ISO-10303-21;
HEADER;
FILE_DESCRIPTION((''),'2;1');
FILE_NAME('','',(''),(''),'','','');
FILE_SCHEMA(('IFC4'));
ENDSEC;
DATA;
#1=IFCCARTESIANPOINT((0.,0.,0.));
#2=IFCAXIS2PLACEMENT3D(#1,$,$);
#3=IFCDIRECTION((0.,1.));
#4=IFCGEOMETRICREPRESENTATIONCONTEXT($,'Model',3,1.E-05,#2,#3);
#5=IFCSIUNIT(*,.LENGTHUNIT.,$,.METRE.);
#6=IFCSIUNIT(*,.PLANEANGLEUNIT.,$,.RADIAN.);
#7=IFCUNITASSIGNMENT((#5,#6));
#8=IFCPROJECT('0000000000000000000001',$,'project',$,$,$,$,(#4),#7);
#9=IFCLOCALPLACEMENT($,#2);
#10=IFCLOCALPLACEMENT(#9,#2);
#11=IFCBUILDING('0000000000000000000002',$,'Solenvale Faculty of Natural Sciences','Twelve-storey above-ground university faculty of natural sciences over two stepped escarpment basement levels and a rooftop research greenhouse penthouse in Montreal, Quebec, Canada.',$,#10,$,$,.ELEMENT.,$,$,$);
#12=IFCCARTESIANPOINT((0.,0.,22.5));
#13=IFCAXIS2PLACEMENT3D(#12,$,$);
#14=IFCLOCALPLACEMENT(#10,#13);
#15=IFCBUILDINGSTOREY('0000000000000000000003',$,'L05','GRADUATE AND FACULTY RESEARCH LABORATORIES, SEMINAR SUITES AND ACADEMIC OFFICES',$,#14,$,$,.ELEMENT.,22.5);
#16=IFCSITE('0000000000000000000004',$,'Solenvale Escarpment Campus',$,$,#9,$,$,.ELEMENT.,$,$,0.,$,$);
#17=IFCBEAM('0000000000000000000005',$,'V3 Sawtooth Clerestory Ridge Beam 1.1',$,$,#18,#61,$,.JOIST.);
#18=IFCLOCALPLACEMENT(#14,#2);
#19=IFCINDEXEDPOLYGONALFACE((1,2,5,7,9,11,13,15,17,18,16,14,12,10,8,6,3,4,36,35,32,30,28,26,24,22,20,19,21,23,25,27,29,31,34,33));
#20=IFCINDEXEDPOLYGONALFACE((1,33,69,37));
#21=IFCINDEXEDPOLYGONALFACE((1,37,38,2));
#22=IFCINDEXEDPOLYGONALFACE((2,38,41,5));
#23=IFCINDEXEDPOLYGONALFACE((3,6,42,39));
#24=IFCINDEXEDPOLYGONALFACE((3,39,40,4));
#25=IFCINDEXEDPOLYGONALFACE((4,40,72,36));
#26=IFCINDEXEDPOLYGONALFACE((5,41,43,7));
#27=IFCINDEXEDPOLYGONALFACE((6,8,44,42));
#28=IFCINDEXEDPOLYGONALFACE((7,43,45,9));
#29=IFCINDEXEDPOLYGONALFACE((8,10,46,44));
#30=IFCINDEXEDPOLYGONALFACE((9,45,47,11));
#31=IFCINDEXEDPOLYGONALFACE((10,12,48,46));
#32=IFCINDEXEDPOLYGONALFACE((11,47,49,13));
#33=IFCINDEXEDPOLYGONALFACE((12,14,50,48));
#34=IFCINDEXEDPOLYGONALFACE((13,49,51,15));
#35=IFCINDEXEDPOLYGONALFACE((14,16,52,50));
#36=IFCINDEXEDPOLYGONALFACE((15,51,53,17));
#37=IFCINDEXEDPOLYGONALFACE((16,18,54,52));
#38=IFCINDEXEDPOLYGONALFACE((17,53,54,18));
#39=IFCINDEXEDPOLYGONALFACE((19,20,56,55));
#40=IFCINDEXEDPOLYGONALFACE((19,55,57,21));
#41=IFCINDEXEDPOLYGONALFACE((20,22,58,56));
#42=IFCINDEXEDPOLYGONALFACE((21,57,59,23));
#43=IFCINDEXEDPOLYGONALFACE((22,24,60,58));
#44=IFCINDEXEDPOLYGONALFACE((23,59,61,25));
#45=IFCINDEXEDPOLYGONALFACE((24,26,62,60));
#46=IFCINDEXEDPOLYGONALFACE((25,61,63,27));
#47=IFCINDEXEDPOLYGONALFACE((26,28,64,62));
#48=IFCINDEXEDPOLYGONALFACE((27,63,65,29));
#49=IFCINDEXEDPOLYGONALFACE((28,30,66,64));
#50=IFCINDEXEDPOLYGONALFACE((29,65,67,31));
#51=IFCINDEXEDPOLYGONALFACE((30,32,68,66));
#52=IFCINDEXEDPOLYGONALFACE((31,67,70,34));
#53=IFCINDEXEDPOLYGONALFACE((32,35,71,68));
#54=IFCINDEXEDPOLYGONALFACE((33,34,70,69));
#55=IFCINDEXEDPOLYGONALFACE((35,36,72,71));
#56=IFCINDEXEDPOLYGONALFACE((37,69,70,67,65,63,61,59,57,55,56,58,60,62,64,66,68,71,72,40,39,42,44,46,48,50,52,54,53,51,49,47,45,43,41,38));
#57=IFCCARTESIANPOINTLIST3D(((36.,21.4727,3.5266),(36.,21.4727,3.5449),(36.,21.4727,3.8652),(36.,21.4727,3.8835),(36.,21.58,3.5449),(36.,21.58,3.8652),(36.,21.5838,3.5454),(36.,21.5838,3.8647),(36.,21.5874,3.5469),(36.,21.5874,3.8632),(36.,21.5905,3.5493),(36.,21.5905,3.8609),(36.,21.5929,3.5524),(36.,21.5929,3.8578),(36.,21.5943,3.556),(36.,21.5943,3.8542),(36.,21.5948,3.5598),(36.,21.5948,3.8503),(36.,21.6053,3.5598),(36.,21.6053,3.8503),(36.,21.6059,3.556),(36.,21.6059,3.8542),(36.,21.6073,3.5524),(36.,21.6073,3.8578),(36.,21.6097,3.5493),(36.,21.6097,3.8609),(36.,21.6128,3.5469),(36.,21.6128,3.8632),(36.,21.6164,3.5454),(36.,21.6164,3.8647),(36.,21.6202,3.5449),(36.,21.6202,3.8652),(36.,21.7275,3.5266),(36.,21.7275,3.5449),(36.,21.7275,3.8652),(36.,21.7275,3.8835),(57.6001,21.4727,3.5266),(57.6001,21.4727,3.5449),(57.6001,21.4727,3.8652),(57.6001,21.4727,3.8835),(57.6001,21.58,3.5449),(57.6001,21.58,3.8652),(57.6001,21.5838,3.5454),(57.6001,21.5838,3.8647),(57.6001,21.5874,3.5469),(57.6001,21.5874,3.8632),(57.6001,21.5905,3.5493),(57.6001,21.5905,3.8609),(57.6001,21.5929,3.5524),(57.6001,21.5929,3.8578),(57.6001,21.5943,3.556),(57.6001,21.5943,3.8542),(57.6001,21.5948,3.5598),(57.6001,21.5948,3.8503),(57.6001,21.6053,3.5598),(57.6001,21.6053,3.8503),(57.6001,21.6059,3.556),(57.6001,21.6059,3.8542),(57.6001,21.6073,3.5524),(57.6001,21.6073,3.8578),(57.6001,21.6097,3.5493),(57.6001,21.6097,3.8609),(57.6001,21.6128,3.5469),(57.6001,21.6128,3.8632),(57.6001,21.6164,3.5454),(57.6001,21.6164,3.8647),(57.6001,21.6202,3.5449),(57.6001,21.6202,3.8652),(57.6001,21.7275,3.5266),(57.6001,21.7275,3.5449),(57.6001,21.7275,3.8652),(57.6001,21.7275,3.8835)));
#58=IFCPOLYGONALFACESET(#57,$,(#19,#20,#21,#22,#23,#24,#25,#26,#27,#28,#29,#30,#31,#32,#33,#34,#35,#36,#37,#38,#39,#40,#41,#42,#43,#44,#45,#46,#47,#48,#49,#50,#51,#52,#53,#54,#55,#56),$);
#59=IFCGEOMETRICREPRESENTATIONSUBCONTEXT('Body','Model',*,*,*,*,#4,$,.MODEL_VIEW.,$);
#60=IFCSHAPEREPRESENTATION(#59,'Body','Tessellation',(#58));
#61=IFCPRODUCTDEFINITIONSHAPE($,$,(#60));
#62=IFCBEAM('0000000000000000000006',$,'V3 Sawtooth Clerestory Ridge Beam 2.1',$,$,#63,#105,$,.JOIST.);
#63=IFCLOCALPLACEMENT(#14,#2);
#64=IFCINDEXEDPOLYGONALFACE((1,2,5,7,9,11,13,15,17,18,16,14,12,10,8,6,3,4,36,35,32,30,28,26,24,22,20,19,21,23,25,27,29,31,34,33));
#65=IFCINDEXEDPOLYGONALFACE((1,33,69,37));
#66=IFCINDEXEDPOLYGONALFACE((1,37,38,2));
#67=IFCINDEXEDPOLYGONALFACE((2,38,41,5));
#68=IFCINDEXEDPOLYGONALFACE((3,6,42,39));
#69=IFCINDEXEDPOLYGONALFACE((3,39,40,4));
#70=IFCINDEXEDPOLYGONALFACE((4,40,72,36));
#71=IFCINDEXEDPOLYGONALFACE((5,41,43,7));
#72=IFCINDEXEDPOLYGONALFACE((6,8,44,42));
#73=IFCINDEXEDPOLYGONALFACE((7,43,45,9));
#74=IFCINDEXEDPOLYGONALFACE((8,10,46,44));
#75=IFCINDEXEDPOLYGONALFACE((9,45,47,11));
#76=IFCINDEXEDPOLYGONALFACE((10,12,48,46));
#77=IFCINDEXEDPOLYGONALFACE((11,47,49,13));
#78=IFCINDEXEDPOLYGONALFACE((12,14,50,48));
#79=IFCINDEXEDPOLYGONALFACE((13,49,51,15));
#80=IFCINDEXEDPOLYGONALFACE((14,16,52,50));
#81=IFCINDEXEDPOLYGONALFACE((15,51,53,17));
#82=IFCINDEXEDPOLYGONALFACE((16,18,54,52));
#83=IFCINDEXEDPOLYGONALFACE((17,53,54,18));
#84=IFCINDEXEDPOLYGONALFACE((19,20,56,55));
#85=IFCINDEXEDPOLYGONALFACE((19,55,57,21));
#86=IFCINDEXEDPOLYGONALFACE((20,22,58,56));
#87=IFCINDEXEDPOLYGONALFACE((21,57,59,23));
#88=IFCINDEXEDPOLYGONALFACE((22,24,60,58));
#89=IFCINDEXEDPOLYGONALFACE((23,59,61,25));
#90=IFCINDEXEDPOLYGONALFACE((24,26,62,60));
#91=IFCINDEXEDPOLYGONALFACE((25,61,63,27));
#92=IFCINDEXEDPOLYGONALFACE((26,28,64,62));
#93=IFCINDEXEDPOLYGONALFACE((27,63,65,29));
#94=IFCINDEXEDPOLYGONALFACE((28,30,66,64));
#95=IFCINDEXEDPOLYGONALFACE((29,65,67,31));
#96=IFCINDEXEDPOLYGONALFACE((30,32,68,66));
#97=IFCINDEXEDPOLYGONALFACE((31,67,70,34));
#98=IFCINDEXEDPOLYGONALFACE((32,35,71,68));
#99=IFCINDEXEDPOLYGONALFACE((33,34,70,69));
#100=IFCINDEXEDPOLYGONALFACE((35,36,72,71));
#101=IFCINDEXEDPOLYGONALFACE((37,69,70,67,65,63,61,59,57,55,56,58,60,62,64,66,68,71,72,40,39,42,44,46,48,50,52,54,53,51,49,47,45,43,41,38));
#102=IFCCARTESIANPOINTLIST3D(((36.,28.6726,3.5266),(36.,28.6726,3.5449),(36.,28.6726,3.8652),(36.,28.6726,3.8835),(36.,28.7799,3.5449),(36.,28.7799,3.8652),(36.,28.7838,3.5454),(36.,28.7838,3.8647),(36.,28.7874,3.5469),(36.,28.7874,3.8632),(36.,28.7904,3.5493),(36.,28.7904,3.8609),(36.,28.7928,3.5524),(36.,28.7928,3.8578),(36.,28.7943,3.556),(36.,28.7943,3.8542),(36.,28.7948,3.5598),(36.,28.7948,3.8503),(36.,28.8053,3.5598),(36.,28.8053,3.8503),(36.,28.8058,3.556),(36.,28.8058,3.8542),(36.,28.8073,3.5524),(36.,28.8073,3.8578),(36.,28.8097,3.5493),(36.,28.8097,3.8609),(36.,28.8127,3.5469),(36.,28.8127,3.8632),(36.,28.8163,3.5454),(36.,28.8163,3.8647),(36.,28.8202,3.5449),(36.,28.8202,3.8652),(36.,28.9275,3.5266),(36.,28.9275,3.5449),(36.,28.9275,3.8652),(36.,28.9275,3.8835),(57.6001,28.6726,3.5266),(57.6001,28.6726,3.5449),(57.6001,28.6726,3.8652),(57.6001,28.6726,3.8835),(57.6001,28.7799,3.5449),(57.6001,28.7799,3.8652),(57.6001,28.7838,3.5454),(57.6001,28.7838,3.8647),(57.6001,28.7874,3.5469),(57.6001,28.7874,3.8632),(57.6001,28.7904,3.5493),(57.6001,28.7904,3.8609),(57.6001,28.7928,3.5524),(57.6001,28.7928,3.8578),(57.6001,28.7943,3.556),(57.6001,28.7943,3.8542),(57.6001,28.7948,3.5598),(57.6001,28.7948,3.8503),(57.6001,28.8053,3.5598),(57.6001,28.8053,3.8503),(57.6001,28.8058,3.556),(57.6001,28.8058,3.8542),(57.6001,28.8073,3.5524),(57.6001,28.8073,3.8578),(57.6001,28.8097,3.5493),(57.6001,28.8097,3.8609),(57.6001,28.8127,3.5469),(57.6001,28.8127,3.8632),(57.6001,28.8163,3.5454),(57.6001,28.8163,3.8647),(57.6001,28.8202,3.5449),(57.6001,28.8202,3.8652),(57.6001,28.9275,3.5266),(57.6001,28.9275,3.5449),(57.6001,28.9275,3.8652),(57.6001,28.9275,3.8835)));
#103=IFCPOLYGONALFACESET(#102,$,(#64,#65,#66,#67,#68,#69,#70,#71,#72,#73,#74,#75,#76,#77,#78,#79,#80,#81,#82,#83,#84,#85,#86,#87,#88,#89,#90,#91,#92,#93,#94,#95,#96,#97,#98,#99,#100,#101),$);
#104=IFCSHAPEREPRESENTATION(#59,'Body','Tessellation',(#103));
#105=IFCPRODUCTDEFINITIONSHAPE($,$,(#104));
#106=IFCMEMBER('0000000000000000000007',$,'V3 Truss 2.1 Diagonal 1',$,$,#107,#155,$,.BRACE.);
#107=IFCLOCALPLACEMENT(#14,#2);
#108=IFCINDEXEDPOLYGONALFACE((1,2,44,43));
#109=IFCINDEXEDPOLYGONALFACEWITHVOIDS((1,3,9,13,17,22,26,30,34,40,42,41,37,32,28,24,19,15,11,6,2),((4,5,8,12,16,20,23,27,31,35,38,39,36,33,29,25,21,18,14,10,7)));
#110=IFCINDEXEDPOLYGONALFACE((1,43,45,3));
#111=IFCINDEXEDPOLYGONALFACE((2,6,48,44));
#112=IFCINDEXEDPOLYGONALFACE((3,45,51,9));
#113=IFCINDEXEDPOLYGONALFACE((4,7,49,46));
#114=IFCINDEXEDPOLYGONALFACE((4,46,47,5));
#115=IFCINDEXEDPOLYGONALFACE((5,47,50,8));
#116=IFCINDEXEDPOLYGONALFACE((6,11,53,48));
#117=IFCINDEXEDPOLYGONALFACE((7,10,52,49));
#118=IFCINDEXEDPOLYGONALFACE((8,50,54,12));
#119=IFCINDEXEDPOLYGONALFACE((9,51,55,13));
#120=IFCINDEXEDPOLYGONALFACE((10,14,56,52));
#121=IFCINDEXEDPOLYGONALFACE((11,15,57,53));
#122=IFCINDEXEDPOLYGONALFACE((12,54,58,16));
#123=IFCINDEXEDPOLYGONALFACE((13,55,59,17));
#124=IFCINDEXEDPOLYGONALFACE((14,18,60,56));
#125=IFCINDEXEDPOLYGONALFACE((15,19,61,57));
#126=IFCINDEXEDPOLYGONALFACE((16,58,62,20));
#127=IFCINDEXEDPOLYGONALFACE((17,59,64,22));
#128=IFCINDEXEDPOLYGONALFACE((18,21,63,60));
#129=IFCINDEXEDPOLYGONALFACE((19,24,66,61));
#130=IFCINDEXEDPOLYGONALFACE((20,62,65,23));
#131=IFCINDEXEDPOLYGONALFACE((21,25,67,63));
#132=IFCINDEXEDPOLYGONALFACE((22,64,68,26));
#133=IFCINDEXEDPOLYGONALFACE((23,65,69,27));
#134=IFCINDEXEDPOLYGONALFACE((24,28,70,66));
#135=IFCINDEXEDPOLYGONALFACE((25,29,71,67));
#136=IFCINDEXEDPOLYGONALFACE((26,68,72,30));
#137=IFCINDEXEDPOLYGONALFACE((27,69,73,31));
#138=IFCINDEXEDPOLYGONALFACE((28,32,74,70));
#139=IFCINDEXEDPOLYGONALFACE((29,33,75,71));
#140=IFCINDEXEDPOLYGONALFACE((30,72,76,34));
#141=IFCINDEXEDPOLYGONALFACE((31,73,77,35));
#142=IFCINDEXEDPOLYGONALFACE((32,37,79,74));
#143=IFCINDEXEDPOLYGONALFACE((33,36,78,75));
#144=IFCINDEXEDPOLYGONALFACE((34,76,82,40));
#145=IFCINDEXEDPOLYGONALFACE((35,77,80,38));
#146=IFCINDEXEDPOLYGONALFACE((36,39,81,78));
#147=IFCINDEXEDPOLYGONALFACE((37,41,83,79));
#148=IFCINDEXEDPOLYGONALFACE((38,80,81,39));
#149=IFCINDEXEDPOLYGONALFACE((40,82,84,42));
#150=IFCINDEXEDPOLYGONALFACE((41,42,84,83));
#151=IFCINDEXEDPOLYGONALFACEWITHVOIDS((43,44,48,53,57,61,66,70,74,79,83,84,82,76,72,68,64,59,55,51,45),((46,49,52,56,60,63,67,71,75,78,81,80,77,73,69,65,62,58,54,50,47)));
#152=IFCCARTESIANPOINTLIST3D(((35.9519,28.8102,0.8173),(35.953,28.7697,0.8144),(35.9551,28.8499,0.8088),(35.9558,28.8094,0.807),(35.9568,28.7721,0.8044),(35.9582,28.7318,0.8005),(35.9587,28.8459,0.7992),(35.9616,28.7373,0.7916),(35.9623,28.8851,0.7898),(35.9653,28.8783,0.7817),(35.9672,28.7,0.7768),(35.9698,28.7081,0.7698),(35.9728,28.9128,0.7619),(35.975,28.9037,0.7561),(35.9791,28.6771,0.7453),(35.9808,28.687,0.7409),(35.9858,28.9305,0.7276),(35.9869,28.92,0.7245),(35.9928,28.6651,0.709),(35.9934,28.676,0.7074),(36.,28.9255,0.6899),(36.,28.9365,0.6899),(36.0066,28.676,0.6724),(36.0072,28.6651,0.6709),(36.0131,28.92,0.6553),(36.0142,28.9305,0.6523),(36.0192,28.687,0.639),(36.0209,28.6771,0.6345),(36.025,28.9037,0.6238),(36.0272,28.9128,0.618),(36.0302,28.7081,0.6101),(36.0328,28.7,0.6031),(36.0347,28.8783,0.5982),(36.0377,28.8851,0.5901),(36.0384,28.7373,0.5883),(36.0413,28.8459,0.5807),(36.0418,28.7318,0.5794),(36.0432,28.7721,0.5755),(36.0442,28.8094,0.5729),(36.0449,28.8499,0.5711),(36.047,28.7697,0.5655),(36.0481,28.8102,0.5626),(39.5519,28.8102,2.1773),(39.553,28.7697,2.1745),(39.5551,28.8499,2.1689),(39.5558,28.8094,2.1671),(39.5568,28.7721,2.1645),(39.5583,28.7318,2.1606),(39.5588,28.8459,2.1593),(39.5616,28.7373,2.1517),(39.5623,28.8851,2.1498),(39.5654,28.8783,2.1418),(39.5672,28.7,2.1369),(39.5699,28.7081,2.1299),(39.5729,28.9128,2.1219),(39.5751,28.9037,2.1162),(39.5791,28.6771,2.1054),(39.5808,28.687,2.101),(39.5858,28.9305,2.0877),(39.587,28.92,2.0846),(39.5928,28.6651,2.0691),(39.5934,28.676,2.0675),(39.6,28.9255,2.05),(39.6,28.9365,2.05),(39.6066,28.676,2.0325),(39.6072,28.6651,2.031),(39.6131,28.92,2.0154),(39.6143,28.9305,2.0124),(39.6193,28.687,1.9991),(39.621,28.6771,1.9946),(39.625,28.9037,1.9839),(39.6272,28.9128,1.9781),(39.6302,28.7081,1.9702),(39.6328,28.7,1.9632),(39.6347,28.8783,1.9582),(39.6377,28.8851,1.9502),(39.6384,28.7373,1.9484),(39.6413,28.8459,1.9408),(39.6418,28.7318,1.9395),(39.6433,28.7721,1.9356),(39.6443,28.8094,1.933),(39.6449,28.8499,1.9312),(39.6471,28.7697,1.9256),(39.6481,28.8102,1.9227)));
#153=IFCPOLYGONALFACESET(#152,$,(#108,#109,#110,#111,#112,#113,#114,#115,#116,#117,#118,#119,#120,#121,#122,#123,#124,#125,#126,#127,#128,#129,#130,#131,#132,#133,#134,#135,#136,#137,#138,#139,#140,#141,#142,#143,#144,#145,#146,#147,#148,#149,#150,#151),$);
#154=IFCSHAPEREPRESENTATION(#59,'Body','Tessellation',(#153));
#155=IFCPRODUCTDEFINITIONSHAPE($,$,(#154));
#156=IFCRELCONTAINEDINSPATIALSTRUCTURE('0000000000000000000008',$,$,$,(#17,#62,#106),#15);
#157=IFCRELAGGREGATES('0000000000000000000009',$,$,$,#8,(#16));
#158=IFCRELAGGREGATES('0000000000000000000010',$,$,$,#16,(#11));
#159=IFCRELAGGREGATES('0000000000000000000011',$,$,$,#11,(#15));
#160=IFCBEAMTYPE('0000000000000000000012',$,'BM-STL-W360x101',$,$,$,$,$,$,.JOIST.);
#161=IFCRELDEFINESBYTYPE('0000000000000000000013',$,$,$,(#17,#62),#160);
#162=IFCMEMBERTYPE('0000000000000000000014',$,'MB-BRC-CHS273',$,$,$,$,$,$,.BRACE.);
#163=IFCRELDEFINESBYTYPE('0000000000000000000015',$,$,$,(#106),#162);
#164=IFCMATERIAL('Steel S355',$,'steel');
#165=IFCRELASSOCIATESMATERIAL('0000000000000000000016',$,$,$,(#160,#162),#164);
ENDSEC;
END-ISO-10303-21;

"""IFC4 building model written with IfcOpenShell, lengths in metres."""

from ifc_helpers import new_model, si_unit, direction, frame, origin, origin_2d, place, context, subcontext, project, spatial, hollow_circle, i_section, extrude, material, material_profile, profile_set, type_object, element, save


model = new_model("IFC4")

# Units and contexts
model_context = context("Model", 3, precision=1e-05, world=origin(), true_north=direction((0.0, 1.0)))
body_context = subcontext(model_context, "Body", "Model", "MODEL_VIEW")
ifc_project = project(units=[si_unit("LENGTHUNIT", "METRE"), si_unit("PLANEANGLEUNIT", "RADIAN")], contexts=[model_context])

# Site, building, storey
site_placement = place(None, origin())
site = spatial("IfcSite", under=ifc_project, at=site_placement, Name="Solenvale Escarpment Campus", CompositionType="ELEMENT", RefElevation=0.0)
building_placement = place(site_placement, origin())
building = spatial("IfcBuilding", under=site, at=building_placement, Name="Solenvale Faculty of Natural Sciences", Description="Twelve-storey above-ground university faculty of natural sciences over two stepped escarpment basement levels and a rooftop research greenhouse penthouse in Montreal, Quebec, Canada.", CompositionType="ELEMENT")
storey_placement = place(building_placement, frame((0.0, 0.0, 22.5)))
storey = spatial("IfcBuildingStorey", under=building, at=storey_placement, Name="L05", Description="GRADUATE AND FACULTY RESEARCH LABORATORIES, SEMINAR SUITES AND ACADEMIC OFFICES", CompositionType="ELEMENT", Elevation=22.5)

# Shared definitions
ifc_material_1 = material(Name="Steel S355", Category="steel")

# Beams
ifc_material_profile_1 = material_profile(ifc_material_1, i_section(OverallWidth=0.2549, OverallDepth=0.3569, WebThickness=0.0105, FlangeThickness=0.0183, FilletRadius=0.0149, at=origin_2d()), Name="W360x101")
ifc_profile_set_1 = profile_set([ifc_material_profile_1], Name="Steel S355")
beam_type_1 = type_object("IfcBeamType", Name="BM-STL-W360x101", PredefinedType="JOIST", material=ifc_profile_set_1)
for number, where, z_axis, x_axis, name in (
    (1, (36.0, 21.6001, 3.7051), (1.0, 0.0, 0.0), (0.0, 1.0, 0.0), "V3 Sawtooth Clerestory Ridge Beam 1.1"),
    (2, (36.0, 28.8, 3.7051), (1.0, 0.0, 0.0), (0.0, 1.0, 0.0), "V3 Sawtooth Clerestory Ridge Beam 2.1"),
):
    element("IfcBeam", number, at=place(storey_placement, frame(where, z_axis=z_axis, x_axis=x_axis)), inside=storey, type_object=beam_type_1, Name=name, PredefinedType="JOIST", context=body_context, shape_type="SweptSolid", body=[
        extrude(i_section(OverallWidth=0.2549, OverallDepth=0.3569, WebThickness=0.0105, FlangeThickness=0.0183, FilletRadius=0.0149, at=origin_2d()), origin(), (0.0, 0.0, 1.0), 21.6001),
    ])

# Member
ifc_material_profile_2 = material_profile(ifc_material_1, hollow_circle(Radius=0.1365, WallThickness=0.011, at=origin_2d()), Name="HSS273x11")
ifc_profile_set_2 = profile_set([ifc_material_profile_2], Name="Steel S355")
member_type_1 = type_object("IfcMemberType", Name="MB-BRC-CHS273", PredefinedType="BRACE", material=ifc_profile_set_2)
member_1_placement = place(storey_placement, frame((36.0, 28.8, 0.6899), z_axis=(0.935466, 0.0, 0.353417), x_axis=(0.0, 1.0, 0.0)))
element("IfcMember", 3, at=member_1_placement, inside=storey, type_object=member_type_1, Name="V3 Truss 2.1 Diagonal 1", PredefinedType="BRACE", context=body_context, shape_type="SweptSolid", body=[
    extrude(hollow_circle(Radius=0.1365, WallThickness=0.011, at=origin_2d()), origin(), (0.0, 0.0, 1.0), 3.8484),
])

save(model, "model.ifc")
